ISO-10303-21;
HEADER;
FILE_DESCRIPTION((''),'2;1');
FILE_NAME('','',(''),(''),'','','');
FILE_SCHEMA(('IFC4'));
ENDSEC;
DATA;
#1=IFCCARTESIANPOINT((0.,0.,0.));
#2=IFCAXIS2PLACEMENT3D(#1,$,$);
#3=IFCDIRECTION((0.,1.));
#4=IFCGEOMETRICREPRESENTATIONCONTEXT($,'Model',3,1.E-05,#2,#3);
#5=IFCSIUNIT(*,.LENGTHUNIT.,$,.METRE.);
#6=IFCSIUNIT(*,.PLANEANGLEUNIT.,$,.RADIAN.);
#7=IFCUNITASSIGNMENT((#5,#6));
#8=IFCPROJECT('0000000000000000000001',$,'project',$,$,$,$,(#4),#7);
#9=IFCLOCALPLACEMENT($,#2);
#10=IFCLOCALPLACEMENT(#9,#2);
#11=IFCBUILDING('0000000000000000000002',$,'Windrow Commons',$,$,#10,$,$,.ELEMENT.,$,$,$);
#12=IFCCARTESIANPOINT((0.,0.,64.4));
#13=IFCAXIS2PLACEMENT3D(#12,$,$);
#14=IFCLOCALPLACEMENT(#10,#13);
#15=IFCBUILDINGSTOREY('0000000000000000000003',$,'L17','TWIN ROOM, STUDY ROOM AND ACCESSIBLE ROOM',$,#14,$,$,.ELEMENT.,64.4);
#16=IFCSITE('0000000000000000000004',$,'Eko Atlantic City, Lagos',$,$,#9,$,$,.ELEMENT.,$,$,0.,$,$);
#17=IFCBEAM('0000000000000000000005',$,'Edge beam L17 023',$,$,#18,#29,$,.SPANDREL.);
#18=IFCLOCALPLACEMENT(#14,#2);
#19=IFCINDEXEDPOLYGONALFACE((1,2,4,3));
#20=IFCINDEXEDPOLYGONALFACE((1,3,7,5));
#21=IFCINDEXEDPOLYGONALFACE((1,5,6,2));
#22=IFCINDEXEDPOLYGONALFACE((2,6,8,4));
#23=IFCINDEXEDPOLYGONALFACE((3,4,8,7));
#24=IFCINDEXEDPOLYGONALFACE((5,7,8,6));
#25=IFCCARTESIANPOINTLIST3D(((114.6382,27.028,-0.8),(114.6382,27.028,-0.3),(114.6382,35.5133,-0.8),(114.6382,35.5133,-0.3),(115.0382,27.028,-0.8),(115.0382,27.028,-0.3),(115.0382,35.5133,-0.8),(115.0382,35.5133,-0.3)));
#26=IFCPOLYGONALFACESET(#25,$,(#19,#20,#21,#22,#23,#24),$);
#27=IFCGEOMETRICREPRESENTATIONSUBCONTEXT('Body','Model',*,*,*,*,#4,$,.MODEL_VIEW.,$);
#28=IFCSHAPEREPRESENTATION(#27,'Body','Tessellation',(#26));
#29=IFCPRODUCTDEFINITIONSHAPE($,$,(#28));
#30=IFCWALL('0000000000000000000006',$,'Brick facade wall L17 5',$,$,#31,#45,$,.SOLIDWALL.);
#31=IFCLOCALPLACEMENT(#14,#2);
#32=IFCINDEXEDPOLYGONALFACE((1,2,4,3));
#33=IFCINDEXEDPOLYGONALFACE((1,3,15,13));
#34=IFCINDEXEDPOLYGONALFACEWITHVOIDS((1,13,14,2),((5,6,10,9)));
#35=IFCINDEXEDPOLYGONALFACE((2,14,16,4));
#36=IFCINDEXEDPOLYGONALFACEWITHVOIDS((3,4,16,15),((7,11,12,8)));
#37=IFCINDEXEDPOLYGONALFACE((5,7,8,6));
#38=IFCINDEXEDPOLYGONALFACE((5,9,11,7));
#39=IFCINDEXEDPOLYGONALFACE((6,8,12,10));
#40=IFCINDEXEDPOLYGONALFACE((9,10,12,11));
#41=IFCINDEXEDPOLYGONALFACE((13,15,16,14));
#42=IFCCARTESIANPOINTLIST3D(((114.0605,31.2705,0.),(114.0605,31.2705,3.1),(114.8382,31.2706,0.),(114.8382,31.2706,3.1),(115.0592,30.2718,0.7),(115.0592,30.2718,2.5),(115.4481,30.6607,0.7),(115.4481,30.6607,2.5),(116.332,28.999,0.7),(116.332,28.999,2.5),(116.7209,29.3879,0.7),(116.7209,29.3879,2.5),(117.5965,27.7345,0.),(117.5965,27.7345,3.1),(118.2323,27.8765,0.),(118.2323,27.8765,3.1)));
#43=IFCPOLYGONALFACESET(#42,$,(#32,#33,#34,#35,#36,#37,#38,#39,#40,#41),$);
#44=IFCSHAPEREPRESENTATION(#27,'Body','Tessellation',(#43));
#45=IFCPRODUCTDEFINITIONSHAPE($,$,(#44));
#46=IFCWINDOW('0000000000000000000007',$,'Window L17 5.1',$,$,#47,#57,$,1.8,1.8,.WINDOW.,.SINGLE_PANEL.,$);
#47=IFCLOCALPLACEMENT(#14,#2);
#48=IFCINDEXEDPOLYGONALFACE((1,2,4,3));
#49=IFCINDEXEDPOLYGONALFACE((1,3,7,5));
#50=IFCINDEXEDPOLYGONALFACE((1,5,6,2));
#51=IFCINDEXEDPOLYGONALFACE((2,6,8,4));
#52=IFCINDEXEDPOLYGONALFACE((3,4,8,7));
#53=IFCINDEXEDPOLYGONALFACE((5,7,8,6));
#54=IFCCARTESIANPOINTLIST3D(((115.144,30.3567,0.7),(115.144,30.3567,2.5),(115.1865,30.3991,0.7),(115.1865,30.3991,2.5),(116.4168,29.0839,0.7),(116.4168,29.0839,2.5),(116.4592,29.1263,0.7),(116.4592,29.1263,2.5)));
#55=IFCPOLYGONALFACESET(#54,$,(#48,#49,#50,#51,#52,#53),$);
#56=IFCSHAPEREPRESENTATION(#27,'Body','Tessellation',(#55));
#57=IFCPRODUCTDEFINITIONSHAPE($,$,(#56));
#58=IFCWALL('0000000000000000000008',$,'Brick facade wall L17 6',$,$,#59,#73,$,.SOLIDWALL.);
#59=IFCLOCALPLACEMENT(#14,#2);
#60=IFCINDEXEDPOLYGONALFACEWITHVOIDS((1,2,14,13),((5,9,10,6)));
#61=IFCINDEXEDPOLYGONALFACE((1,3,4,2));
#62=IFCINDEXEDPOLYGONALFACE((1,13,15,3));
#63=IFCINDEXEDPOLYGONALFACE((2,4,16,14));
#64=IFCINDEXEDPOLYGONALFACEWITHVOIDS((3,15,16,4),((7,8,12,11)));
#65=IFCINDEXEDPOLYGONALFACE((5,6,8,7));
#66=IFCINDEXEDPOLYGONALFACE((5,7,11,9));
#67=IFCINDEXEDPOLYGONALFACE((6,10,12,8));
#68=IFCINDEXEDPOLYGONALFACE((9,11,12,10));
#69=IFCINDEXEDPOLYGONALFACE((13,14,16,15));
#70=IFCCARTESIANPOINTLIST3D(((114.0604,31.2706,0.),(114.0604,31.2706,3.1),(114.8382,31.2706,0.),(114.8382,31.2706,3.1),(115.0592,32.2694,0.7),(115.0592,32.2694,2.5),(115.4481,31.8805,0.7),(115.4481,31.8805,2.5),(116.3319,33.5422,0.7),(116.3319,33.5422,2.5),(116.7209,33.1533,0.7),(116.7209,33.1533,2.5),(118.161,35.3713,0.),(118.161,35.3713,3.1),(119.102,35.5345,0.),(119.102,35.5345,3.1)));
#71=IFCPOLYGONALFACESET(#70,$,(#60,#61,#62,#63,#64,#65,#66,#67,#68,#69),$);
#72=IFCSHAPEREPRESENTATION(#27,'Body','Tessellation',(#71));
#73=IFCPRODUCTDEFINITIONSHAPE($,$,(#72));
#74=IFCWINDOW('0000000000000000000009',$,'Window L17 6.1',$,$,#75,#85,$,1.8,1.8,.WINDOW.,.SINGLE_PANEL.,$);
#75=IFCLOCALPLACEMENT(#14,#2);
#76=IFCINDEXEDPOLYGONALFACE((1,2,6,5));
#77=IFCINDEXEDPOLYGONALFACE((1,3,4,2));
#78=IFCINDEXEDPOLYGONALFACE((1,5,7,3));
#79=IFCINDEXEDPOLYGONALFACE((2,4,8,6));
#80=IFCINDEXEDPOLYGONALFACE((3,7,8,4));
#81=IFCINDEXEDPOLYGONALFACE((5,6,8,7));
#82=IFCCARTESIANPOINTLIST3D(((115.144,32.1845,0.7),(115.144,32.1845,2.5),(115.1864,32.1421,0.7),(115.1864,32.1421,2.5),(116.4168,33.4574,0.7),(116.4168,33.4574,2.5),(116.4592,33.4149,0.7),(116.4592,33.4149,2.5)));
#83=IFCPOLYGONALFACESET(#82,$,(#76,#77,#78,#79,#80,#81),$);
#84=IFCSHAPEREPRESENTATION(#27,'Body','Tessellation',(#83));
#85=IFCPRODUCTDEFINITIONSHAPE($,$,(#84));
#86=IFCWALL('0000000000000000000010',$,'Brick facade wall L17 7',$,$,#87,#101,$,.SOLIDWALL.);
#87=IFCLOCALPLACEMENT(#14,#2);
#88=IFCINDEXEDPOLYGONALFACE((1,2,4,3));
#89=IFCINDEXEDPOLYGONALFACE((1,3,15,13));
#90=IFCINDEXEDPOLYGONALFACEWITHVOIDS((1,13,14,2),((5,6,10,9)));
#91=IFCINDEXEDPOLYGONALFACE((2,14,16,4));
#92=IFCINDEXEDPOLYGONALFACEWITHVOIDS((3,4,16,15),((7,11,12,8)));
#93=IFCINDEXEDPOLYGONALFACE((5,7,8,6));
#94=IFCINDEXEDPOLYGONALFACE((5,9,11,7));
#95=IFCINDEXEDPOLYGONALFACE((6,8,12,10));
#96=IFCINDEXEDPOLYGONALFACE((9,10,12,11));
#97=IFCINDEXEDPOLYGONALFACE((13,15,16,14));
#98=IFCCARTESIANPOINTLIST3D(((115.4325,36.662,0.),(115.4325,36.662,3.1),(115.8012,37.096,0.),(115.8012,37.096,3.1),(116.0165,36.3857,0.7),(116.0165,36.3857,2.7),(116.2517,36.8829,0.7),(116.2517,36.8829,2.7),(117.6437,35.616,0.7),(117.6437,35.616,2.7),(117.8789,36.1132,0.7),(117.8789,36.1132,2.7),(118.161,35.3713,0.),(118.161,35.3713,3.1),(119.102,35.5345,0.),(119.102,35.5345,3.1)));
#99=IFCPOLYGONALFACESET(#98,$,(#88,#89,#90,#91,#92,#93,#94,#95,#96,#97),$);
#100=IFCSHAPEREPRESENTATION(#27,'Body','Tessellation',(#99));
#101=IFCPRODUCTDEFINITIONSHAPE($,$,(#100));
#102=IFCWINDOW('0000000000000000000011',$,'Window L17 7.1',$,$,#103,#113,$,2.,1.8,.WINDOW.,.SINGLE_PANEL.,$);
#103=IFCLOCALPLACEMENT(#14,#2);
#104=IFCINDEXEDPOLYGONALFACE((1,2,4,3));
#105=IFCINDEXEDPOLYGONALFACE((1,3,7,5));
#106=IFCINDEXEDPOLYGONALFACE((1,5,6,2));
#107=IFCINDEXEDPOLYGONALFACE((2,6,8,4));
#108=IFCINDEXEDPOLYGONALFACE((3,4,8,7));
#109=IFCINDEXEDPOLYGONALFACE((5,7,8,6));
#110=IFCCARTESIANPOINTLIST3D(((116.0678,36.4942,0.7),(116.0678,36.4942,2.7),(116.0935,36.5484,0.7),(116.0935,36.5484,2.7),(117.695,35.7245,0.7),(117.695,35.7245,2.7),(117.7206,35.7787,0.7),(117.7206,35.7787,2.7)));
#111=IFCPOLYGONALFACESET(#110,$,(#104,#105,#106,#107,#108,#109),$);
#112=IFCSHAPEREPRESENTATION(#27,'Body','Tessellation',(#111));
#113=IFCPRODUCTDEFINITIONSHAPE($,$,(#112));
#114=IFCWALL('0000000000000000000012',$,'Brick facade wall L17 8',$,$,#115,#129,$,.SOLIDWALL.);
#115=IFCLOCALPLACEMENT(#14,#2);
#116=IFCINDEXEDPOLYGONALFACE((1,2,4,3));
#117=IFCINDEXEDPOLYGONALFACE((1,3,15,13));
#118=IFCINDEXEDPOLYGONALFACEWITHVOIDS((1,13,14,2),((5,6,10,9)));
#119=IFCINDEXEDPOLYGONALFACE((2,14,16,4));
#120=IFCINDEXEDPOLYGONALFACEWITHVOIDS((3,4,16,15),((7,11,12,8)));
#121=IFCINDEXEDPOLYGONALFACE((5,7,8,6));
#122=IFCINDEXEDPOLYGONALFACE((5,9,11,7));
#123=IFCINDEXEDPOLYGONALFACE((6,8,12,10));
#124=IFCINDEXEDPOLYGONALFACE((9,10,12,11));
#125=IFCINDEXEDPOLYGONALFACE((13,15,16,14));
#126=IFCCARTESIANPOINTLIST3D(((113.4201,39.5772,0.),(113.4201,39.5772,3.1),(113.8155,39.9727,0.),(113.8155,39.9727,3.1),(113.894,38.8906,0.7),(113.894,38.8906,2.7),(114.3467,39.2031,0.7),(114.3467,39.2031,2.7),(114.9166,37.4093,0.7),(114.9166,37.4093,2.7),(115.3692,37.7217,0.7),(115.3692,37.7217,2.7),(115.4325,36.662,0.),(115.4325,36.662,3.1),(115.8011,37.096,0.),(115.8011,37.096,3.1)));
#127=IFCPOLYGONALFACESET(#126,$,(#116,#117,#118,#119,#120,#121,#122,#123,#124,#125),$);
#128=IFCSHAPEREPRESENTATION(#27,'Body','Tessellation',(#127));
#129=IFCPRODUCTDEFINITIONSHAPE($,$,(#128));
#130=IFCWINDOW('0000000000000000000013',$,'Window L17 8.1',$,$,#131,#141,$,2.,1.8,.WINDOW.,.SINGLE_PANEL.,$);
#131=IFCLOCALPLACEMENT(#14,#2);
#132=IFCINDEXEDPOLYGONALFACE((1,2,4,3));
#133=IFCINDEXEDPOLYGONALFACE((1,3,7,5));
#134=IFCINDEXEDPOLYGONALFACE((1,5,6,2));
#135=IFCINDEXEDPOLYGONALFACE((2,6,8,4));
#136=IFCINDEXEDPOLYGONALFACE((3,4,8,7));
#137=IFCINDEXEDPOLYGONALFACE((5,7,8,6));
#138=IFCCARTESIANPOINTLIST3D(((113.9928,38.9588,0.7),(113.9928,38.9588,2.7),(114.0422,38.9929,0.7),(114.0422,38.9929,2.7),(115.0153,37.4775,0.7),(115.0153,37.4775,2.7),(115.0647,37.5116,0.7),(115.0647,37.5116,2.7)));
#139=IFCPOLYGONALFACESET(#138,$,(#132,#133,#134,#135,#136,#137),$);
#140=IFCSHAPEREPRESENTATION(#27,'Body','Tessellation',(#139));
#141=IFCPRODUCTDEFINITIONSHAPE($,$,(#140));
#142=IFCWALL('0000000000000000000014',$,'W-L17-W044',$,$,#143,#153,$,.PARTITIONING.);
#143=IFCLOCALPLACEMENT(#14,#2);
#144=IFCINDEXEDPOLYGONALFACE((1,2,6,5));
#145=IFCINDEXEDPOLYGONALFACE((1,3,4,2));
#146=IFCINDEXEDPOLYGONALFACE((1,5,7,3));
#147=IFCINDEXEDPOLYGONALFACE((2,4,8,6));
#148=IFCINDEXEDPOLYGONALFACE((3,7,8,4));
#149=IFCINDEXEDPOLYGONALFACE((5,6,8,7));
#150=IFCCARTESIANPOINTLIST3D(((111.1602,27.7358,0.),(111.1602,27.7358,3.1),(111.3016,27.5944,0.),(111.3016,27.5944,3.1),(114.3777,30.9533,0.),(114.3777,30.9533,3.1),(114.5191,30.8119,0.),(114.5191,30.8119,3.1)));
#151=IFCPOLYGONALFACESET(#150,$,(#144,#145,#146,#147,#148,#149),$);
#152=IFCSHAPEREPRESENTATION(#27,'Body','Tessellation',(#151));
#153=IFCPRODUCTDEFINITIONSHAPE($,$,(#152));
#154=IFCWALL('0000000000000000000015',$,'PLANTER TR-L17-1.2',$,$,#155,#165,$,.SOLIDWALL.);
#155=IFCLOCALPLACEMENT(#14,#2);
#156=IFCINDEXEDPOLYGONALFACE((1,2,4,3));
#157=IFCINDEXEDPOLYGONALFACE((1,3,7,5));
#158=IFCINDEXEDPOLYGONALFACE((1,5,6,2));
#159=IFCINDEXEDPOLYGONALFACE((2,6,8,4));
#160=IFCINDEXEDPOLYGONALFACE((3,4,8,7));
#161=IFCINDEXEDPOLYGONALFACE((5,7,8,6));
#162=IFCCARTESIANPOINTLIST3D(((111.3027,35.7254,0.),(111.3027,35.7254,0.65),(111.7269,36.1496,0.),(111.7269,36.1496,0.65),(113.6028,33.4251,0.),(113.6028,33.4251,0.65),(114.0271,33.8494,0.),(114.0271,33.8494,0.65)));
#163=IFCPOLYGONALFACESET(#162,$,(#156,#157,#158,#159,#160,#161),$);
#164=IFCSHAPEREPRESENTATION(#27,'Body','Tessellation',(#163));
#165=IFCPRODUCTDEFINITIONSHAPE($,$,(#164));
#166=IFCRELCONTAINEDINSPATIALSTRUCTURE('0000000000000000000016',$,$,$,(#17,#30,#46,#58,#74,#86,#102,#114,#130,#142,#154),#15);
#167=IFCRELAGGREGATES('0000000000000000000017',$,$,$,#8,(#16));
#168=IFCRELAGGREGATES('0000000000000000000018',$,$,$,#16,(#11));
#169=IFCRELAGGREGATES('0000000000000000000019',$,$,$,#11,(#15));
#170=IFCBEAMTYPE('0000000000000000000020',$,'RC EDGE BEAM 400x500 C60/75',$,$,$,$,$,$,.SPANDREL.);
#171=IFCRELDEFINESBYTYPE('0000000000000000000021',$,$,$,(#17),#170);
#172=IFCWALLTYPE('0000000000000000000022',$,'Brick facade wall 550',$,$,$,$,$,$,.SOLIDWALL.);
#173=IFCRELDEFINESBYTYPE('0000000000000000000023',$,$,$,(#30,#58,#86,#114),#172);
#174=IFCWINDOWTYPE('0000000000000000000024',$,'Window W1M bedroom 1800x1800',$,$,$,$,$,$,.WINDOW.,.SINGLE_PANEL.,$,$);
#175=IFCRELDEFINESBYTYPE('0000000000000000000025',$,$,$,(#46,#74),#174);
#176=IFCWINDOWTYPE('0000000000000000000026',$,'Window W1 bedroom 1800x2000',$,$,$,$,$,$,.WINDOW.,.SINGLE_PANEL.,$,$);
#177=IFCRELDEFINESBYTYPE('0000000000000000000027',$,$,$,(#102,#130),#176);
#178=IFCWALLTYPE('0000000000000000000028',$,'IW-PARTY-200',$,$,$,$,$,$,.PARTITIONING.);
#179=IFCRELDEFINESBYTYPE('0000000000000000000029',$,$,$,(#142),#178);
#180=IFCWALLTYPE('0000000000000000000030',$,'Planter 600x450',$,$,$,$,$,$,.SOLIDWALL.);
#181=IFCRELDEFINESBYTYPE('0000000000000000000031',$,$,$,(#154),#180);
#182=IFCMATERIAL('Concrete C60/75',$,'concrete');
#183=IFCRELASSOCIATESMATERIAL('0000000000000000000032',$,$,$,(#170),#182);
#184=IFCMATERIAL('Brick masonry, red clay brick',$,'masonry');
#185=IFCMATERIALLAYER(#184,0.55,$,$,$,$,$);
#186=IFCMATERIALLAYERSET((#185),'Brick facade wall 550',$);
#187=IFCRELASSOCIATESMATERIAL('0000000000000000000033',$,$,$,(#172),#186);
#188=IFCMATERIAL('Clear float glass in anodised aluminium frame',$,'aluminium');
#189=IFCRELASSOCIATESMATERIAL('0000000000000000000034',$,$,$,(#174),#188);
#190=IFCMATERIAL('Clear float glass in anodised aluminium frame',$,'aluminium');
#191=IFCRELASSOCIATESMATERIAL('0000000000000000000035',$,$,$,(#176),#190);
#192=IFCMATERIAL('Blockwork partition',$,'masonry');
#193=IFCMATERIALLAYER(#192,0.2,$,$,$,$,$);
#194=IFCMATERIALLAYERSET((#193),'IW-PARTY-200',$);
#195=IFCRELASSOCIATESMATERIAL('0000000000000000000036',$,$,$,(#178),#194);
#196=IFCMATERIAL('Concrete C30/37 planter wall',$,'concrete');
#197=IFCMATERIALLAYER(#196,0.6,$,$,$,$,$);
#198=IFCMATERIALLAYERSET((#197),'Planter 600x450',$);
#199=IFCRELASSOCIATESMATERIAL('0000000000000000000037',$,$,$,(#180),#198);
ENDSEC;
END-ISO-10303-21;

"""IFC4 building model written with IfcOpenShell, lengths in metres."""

from ifc_helpers import new_model, si_unit, direction, frame, frame_2d, origin, origin_2d, place, context, subcontext, project, spatial, polyline, rectangle, outline, extrude, material, layer, layer_set, material_profile, profile_set, type_object, element, fill, save


model = new_model("IFC4")

# Units and contexts
model_context = context("Model", 3, precision=1e-05, world=origin(), true_north=direction((0.0, 1.0)))
body_context = subcontext(model_context, "Body", "Model", "MODEL_VIEW")
ifc_project = project(units=[si_unit("LENGTHUNIT", "METRE"), si_unit("PLANEANGLEUNIT", "RADIAN")], contexts=[model_context])

# Site, building, storey
site_placement = place(None, origin())
site = spatial("IfcSite", under=ifc_project, at=site_placement, Name="Eko Atlantic City, Lagos", CompositionType="ELEMENT", RefElevation=0.0)
building_placement = place(site_placement, origin())
building = spatial("IfcBuilding", under=site, at=building_placement, Name="Windrow Commons", CompositionType="ELEMENT")
storey_placement = place(building_placement, frame((0.0, 0.0, 64.4)))
storey = spatial("IfcBuildingStorey", under=building, at=storey_placement, Name="L17", Description="TWIN ROOM, STUDY ROOM AND ACCESSIBLE ROOM", CompositionType="ELEMENT", Elevation=64.4)

# Beam
ifc_material_1 = material(Name="Concrete C60/75", Category="concrete")
ifc_material_profile = material_profile(ifc_material_1, rectangle(XDim=0.4, YDim=0.5, at=origin_2d()))
ifc_profile_set = profile_set([ifc_material_profile], Name="Concrete C60/75")
beam_type = type_object("IfcBeamType", Name="RC EDGE BEAM 400x500 C60/75", PredefinedType="SPANDREL", material=ifc_profile_set)
beam_placement = place(storey_placement, frame((114.8382, 35.5133, -0.55), z_axis=(0.0, -1.0, 0.0), x_axis=(1.0, 0.0, 0.0)))
element("IfcBeam", 1, at=beam_placement, inside=storey, type_object=beam_type, Name="Edge beam L17 023", PredefinedType="SPANDREL", context=body_context, shape_type="SweptSolid", body=[
    extrude(rectangle(XDim=0.4, YDim=0.5, at=origin_2d()), origin(), (0.0, 0.0, 1.0), 8.4853),
])

# Walls, openings, windows
ifc_material_2 = material(Name="Brick masonry, red clay brick", Category="masonry")
ifc_layer_1 = layer(ifc_material_2, 0.55)
ifc_layer_set_1 = layer_set([ifc_layer_1], Name="Brick facade wall 550")
wall_type_1 = type_object("IfcWallType", Name="Brick facade wall 550", PredefinedType="SOLIDWALL", material=ifc_layer_set_1)
wall_1_placement = place(storey_placement, frame((117.9144, 27.8055, 0.0), z_axis=(0.0, 0.0, 1.0), x_axis=(-0.707107, 0.707107, 0.0)))
wall_1 = element("IfcWall", 2, at=wall_1_placement, inside=storey, type_object=wall_type_1, Name="Brick facade wall L17 5", PredefinedType="SOLIDWALL", context=body_context, shape_type="SweptSolid", body=[
    extrude(outline(polyline([(-0.1746, -0.275), (4.6254, -0.275), (5.1753, 0.275), (0.1746, 0.275), (-0.1746, -0.275)])), origin(), (0.0, 0.0, 1.0), 3.1),
])
opening_1_placement = place(wall_1_placement, frame((1.9629, 0.0, 0.7)))
opening_1 = element("IfcOpeningElement", 3, at=opening_1_placement, cuts=wall_1, PredefinedType="OPENING", context=body_context, shape_type="SweptSolid", body=[
    extrude(rectangle(XDim=1.8, YDim=1.8, at=frame_2d((0.9, 0.9))), frame((0.0, 0.285, 0.0), z_axis=(0.0, -1.0, 0.0), x_axis=(1.0, 0.0, 0.0)), (0.0, 0.0, 1.0), 0.57),
])
ifc_material_3 = material(Name="Clear float glass in anodised aluminium frame", Category="aluminium")
window_type_1 = type_object("IfcWindowType", Name="Window W1M bedroom 1800x1800", PartitioningType="SINGLE_PANEL", PredefinedType="WINDOW", material=ifc_material_3)
window_1_placement = place(opening_1_placement, origin())
window_1 = element("IfcWindow", 4, at=window_1_placement, inside=storey, type_object=window_type_1, Name="Window L17 5.1", OverallHeight=1.8, OverallWidth=1.8, PartitioningType="SINGLE_PANEL", PredefinedType="WINDOW", context=body_context, shape_type="SweptSolid", body=[
    extrude(rectangle(XDim=1.8, YDim=1.8, at=frame_2d((0.9, 0.9))), frame((0.0, 0.155, 0.0), z_axis=(0.0, -1.0, 0.0), x_axis=(1.0, 0.0, 0.0)), (0.0, 0.0, 1.0), 0.06),
])
fill(opening_1, window_1)
wall_2_placement = place(storey_placement, frame((114.4493, 31.2706, 0.0), z_axis=(0.0, 0.0, 1.0), x_axis=(0.707098, 0.707115, 0.0)))
wall_2 = element("IfcWall", 5, at=wall_2_placement, inside=storey, type_object=wall_type_1, Name="Brick facade wall L17 6", PredefinedType="SOLIDWALL", context=body_context, shape_type="SweptSolid", body=[
    extrude(outline(polyline([(0.275, -0.275), (6.305, -0.275), (5.5242, 0.275), (-0.275, 0.275), (0.275, -0.275)])), origin(), (0.0, 0.0, 1.0), 3.1),
])
opening_2_placement = place(wall_2_placement, frame((1.1375, 0.0, 0.7)))
opening_2 = element("IfcOpeningElement", 6, at=opening_2_placement, cuts=wall_2, PredefinedType="OPENING", context=body_context, shape_type="SweptSolid", body=[
    extrude(rectangle(XDim=1.8, YDim=1.8, at=frame_2d((0.9, 0.9))), frame((0.0, 0.285, 0.0), z_axis=(0.0, -1.0, 0.0), x_axis=(1.0, 0.0, 0.0)), (0.0, 0.0, 1.0), 0.57),
])
window_2_placement = place(opening_2_placement, origin())
window_2 = element("IfcWindow", 7, at=window_2_placement, inside=storey, type_object=window_type_1, Name="Window L17 6.1", OverallHeight=1.8, OverallWidth=1.8, PartitioningType="SINGLE_PANEL", PredefinedType="WINDOW", context=body_context, shape_type="SweptSolid", body=[
    extrude(rectangle(XDim=1.8, YDim=1.8, at=frame_2d((0.9, 0.9))), frame((0.0, 0.155, 0.0), z_axis=(0.0, -1.0, 0.0), x_axis=(1.0, 0.0, 0.0)), (0.0, 0.0, 1.0), 0.06),
])
fill(opening_2, window_2)
wall_3_placement = place(storey_placement, frame((118.6315, 35.4529, 0.0), z_axis=(0.0, 0.0, 1.0), x_axis=(-0.90396, 0.427617, 0.0)))
wall_3 = element("IfcWall", 8, at=wall_3_placement, inside=storey, type_object=wall_type_1, Name="Brick facade wall L17 7", PredefinedType="SOLIDWALL", context=body_context, shape_type="SweptSolid", body=[
    extrude(outline(polyline([(-0.3904, -0.275), (3.2611, -0.275), (3.4088, 0.275), (0.3904, 0.275), (-0.3904, -0.275)])), origin(), (0.0, 0.0, 1.0), 3.1),
])
opening_3_placement = place(wall_3_placement, frame((0.9627, 0.0, 0.7)))
opening_3 = element("IfcOpeningElement", 9, at=opening_3_placement, cuts=wall_3, PredefinedType="OPENING", context=body_context, shape_type="SweptSolid", body=[
    extrude(rectangle(XDim=1.8, YDim=2.0, at=frame_2d((0.9, 1.0))), frame((0.0, 0.285, 0.0), z_axis=(0.0, -1.0, 0.0), x_axis=(1.0, 0.0, 0.0)), (0.0, 0.0, 1.0), 0.57),
])
ifc_material_4 = material(Name="Clear float glass in anodised aluminium frame", Category="aluminium")
window_type_2 = type_object("IfcWindowType", Name="Window W1 bedroom 1800x2000", PartitioningType="SINGLE_PANEL", PredefinedType="WINDOW", material=ifc_material_4)
window_3_placement = place(opening_3_placement, origin())
window_3 = element("IfcWindow", 10, at=window_3_placement, inside=storey, type_object=window_type_2, Name="Window L17 7.1", OverallHeight=2.0, OverallWidth=1.8, PartitioningType="SINGLE_PANEL", PredefinedType="WINDOW", context=body_context, shape_type="SweptSolid", body=[
    extrude(rectangle(XDim=1.8, YDim=2.0, at=frame_2d((0.9, 1.0))), frame((0.0, 0.155, 0.0), z_axis=(0.0, -1.0, 0.0), x_axis=(1.0, 0.0, 0.0)), (0.0, 0.0, 1.0), 0.06),
])
fill(opening_3, window_3)
wall_4_placement = place(storey_placement, frame((115.6168, 36.879, 0.0), z_axis=(0.0, 0.0, 1.0), x_axis=(-0.568085, 0.82297, 0.0)))
wall_4 = element("IfcWall", 11, at=wall_4_placement, inside=storey, type_object=wall_type_1, Name="Brick facade wall L17 8", PredefinedType="SOLIDWALL", context=body_context, shape_type="SweptSolid", body=[
    extrude(outline(polyline([(0.0739, -0.275), (3.5693, -0.275), (3.4685, 0.275), (-0.0739, 0.275), (0.0739, -0.275)])), origin(), (0.0, 0.0, 1.0), 3.1),
])
opening_4_placement = place(wall_4_placement, frame((0.8342, 0.0, 0.7)))
opening_4 = element("IfcOpeningElement", 12, at=opening_4_placement, cuts=wall_4, PredefinedType="OPENING", context=body_context, shape_type="SweptSolid", body=[
    extrude(rectangle(XDim=1.8, YDim=2.0, at=frame_2d((0.9, 1.0))), frame((0.0, 0.285, 0.0), z_axis=(0.0, -1.0, 0.0), x_axis=(1.0, 0.0, 0.0)), (0.0, 0.0, 1.0), 0.57),
])
window_4_placement = place(opening_4_placement, origin())
window_4 = element("IfcWindow", 13, at=window_4_placement, inside=storey, type_object=window_type_2, Name="Window L17 8.1", OverallHeight=2.0, OverallWidth=1.8, PartitioningType="SINGLE_PANEL", PredefinedType="WINDOW", context=body_context, shape_type="SweptSolid", body=[
    extrude(rectangle(XDim=1.8, YDim=2.0, at=frame_2d((0.9, 1.0))), frame((0.0, 0.155, 0.0), z_axis=(0.0, -1.0, 0.0), x_axis=(1.0, 0.0, 0.0)), (0.0, 0.0, 1.0), 0.06),
])
fill(opening_4, window_4)

# Walls
ifc_material_5 = material(Name="Blockwork partition", Category="masonry")
ifc_layer_2 = layer(ifc_material_5, 0.2)
ifc_layer_set_2 = layer_set([ifc_layer_2], Name="IW-PARTY-200")
wall_type_2 = type_object("IfcWallType", Name="IW-PARTY-200", PredefinedType="PARTITIONING", material=ifc_layer_set_2)
wall_5_placement = place(storey_placement, frame((111.2309, 27.6651, 0.0), z_axis=(0.0, 0.0, 1.0), x_axis=(0.707107, 0.707107, 0.0)))
element("IfcWall", 14, at=wall_5_placement, inside=storey, type_object=wall_type_2, Name="W-L17-W044", PredefinedType="PARTITIONING", context=body_context, shape_type="SweptSolid", body=[
    extrude(rectangle(XDim=4.5502, YDim=0.2, at=frame_2d((2.2751, 0.0))), origin(), (0.0, 0.0, 1.0), 3.1),
])
ifc_material_6 = material(Name="Concrete C30/37 planter wall", Category="concrete")
ifc_layer_3 = layer(ifc_material_6, 0.6)
ifc_layer_set_3 = layer_set([ifc_layer_3], Name="Planter 600x450")
wall_type_3 = type_object("IfcWallType", Name="Planter 600x450", PredefinedType="SOLIDWALL", material=ifc_layer_set_3)
wall_6_placement = place(storey_placement, frame((111.5148, 35.9375, 0.0), z_axis=(0.0, 0.0, 1.0), x_axis=(0.707091, -0.707122, 0.0)))
element("IfcWall", 15, at=wall_6_placement, inside=storey, type_object=wall_type_3, Name="PLANTER TR-L17-1.2", PredefinedType="SOLIDWALL", context=body_context, shape_type="SweptSolid", body=[
    extrude(rectangle(XDim=3.253, YDim=0.6, at=frame_2d((1.6265, 0.0))), origin(), (0.0, 0.0, 1.0), 0.65),
])

save(model, "model.ifc")
